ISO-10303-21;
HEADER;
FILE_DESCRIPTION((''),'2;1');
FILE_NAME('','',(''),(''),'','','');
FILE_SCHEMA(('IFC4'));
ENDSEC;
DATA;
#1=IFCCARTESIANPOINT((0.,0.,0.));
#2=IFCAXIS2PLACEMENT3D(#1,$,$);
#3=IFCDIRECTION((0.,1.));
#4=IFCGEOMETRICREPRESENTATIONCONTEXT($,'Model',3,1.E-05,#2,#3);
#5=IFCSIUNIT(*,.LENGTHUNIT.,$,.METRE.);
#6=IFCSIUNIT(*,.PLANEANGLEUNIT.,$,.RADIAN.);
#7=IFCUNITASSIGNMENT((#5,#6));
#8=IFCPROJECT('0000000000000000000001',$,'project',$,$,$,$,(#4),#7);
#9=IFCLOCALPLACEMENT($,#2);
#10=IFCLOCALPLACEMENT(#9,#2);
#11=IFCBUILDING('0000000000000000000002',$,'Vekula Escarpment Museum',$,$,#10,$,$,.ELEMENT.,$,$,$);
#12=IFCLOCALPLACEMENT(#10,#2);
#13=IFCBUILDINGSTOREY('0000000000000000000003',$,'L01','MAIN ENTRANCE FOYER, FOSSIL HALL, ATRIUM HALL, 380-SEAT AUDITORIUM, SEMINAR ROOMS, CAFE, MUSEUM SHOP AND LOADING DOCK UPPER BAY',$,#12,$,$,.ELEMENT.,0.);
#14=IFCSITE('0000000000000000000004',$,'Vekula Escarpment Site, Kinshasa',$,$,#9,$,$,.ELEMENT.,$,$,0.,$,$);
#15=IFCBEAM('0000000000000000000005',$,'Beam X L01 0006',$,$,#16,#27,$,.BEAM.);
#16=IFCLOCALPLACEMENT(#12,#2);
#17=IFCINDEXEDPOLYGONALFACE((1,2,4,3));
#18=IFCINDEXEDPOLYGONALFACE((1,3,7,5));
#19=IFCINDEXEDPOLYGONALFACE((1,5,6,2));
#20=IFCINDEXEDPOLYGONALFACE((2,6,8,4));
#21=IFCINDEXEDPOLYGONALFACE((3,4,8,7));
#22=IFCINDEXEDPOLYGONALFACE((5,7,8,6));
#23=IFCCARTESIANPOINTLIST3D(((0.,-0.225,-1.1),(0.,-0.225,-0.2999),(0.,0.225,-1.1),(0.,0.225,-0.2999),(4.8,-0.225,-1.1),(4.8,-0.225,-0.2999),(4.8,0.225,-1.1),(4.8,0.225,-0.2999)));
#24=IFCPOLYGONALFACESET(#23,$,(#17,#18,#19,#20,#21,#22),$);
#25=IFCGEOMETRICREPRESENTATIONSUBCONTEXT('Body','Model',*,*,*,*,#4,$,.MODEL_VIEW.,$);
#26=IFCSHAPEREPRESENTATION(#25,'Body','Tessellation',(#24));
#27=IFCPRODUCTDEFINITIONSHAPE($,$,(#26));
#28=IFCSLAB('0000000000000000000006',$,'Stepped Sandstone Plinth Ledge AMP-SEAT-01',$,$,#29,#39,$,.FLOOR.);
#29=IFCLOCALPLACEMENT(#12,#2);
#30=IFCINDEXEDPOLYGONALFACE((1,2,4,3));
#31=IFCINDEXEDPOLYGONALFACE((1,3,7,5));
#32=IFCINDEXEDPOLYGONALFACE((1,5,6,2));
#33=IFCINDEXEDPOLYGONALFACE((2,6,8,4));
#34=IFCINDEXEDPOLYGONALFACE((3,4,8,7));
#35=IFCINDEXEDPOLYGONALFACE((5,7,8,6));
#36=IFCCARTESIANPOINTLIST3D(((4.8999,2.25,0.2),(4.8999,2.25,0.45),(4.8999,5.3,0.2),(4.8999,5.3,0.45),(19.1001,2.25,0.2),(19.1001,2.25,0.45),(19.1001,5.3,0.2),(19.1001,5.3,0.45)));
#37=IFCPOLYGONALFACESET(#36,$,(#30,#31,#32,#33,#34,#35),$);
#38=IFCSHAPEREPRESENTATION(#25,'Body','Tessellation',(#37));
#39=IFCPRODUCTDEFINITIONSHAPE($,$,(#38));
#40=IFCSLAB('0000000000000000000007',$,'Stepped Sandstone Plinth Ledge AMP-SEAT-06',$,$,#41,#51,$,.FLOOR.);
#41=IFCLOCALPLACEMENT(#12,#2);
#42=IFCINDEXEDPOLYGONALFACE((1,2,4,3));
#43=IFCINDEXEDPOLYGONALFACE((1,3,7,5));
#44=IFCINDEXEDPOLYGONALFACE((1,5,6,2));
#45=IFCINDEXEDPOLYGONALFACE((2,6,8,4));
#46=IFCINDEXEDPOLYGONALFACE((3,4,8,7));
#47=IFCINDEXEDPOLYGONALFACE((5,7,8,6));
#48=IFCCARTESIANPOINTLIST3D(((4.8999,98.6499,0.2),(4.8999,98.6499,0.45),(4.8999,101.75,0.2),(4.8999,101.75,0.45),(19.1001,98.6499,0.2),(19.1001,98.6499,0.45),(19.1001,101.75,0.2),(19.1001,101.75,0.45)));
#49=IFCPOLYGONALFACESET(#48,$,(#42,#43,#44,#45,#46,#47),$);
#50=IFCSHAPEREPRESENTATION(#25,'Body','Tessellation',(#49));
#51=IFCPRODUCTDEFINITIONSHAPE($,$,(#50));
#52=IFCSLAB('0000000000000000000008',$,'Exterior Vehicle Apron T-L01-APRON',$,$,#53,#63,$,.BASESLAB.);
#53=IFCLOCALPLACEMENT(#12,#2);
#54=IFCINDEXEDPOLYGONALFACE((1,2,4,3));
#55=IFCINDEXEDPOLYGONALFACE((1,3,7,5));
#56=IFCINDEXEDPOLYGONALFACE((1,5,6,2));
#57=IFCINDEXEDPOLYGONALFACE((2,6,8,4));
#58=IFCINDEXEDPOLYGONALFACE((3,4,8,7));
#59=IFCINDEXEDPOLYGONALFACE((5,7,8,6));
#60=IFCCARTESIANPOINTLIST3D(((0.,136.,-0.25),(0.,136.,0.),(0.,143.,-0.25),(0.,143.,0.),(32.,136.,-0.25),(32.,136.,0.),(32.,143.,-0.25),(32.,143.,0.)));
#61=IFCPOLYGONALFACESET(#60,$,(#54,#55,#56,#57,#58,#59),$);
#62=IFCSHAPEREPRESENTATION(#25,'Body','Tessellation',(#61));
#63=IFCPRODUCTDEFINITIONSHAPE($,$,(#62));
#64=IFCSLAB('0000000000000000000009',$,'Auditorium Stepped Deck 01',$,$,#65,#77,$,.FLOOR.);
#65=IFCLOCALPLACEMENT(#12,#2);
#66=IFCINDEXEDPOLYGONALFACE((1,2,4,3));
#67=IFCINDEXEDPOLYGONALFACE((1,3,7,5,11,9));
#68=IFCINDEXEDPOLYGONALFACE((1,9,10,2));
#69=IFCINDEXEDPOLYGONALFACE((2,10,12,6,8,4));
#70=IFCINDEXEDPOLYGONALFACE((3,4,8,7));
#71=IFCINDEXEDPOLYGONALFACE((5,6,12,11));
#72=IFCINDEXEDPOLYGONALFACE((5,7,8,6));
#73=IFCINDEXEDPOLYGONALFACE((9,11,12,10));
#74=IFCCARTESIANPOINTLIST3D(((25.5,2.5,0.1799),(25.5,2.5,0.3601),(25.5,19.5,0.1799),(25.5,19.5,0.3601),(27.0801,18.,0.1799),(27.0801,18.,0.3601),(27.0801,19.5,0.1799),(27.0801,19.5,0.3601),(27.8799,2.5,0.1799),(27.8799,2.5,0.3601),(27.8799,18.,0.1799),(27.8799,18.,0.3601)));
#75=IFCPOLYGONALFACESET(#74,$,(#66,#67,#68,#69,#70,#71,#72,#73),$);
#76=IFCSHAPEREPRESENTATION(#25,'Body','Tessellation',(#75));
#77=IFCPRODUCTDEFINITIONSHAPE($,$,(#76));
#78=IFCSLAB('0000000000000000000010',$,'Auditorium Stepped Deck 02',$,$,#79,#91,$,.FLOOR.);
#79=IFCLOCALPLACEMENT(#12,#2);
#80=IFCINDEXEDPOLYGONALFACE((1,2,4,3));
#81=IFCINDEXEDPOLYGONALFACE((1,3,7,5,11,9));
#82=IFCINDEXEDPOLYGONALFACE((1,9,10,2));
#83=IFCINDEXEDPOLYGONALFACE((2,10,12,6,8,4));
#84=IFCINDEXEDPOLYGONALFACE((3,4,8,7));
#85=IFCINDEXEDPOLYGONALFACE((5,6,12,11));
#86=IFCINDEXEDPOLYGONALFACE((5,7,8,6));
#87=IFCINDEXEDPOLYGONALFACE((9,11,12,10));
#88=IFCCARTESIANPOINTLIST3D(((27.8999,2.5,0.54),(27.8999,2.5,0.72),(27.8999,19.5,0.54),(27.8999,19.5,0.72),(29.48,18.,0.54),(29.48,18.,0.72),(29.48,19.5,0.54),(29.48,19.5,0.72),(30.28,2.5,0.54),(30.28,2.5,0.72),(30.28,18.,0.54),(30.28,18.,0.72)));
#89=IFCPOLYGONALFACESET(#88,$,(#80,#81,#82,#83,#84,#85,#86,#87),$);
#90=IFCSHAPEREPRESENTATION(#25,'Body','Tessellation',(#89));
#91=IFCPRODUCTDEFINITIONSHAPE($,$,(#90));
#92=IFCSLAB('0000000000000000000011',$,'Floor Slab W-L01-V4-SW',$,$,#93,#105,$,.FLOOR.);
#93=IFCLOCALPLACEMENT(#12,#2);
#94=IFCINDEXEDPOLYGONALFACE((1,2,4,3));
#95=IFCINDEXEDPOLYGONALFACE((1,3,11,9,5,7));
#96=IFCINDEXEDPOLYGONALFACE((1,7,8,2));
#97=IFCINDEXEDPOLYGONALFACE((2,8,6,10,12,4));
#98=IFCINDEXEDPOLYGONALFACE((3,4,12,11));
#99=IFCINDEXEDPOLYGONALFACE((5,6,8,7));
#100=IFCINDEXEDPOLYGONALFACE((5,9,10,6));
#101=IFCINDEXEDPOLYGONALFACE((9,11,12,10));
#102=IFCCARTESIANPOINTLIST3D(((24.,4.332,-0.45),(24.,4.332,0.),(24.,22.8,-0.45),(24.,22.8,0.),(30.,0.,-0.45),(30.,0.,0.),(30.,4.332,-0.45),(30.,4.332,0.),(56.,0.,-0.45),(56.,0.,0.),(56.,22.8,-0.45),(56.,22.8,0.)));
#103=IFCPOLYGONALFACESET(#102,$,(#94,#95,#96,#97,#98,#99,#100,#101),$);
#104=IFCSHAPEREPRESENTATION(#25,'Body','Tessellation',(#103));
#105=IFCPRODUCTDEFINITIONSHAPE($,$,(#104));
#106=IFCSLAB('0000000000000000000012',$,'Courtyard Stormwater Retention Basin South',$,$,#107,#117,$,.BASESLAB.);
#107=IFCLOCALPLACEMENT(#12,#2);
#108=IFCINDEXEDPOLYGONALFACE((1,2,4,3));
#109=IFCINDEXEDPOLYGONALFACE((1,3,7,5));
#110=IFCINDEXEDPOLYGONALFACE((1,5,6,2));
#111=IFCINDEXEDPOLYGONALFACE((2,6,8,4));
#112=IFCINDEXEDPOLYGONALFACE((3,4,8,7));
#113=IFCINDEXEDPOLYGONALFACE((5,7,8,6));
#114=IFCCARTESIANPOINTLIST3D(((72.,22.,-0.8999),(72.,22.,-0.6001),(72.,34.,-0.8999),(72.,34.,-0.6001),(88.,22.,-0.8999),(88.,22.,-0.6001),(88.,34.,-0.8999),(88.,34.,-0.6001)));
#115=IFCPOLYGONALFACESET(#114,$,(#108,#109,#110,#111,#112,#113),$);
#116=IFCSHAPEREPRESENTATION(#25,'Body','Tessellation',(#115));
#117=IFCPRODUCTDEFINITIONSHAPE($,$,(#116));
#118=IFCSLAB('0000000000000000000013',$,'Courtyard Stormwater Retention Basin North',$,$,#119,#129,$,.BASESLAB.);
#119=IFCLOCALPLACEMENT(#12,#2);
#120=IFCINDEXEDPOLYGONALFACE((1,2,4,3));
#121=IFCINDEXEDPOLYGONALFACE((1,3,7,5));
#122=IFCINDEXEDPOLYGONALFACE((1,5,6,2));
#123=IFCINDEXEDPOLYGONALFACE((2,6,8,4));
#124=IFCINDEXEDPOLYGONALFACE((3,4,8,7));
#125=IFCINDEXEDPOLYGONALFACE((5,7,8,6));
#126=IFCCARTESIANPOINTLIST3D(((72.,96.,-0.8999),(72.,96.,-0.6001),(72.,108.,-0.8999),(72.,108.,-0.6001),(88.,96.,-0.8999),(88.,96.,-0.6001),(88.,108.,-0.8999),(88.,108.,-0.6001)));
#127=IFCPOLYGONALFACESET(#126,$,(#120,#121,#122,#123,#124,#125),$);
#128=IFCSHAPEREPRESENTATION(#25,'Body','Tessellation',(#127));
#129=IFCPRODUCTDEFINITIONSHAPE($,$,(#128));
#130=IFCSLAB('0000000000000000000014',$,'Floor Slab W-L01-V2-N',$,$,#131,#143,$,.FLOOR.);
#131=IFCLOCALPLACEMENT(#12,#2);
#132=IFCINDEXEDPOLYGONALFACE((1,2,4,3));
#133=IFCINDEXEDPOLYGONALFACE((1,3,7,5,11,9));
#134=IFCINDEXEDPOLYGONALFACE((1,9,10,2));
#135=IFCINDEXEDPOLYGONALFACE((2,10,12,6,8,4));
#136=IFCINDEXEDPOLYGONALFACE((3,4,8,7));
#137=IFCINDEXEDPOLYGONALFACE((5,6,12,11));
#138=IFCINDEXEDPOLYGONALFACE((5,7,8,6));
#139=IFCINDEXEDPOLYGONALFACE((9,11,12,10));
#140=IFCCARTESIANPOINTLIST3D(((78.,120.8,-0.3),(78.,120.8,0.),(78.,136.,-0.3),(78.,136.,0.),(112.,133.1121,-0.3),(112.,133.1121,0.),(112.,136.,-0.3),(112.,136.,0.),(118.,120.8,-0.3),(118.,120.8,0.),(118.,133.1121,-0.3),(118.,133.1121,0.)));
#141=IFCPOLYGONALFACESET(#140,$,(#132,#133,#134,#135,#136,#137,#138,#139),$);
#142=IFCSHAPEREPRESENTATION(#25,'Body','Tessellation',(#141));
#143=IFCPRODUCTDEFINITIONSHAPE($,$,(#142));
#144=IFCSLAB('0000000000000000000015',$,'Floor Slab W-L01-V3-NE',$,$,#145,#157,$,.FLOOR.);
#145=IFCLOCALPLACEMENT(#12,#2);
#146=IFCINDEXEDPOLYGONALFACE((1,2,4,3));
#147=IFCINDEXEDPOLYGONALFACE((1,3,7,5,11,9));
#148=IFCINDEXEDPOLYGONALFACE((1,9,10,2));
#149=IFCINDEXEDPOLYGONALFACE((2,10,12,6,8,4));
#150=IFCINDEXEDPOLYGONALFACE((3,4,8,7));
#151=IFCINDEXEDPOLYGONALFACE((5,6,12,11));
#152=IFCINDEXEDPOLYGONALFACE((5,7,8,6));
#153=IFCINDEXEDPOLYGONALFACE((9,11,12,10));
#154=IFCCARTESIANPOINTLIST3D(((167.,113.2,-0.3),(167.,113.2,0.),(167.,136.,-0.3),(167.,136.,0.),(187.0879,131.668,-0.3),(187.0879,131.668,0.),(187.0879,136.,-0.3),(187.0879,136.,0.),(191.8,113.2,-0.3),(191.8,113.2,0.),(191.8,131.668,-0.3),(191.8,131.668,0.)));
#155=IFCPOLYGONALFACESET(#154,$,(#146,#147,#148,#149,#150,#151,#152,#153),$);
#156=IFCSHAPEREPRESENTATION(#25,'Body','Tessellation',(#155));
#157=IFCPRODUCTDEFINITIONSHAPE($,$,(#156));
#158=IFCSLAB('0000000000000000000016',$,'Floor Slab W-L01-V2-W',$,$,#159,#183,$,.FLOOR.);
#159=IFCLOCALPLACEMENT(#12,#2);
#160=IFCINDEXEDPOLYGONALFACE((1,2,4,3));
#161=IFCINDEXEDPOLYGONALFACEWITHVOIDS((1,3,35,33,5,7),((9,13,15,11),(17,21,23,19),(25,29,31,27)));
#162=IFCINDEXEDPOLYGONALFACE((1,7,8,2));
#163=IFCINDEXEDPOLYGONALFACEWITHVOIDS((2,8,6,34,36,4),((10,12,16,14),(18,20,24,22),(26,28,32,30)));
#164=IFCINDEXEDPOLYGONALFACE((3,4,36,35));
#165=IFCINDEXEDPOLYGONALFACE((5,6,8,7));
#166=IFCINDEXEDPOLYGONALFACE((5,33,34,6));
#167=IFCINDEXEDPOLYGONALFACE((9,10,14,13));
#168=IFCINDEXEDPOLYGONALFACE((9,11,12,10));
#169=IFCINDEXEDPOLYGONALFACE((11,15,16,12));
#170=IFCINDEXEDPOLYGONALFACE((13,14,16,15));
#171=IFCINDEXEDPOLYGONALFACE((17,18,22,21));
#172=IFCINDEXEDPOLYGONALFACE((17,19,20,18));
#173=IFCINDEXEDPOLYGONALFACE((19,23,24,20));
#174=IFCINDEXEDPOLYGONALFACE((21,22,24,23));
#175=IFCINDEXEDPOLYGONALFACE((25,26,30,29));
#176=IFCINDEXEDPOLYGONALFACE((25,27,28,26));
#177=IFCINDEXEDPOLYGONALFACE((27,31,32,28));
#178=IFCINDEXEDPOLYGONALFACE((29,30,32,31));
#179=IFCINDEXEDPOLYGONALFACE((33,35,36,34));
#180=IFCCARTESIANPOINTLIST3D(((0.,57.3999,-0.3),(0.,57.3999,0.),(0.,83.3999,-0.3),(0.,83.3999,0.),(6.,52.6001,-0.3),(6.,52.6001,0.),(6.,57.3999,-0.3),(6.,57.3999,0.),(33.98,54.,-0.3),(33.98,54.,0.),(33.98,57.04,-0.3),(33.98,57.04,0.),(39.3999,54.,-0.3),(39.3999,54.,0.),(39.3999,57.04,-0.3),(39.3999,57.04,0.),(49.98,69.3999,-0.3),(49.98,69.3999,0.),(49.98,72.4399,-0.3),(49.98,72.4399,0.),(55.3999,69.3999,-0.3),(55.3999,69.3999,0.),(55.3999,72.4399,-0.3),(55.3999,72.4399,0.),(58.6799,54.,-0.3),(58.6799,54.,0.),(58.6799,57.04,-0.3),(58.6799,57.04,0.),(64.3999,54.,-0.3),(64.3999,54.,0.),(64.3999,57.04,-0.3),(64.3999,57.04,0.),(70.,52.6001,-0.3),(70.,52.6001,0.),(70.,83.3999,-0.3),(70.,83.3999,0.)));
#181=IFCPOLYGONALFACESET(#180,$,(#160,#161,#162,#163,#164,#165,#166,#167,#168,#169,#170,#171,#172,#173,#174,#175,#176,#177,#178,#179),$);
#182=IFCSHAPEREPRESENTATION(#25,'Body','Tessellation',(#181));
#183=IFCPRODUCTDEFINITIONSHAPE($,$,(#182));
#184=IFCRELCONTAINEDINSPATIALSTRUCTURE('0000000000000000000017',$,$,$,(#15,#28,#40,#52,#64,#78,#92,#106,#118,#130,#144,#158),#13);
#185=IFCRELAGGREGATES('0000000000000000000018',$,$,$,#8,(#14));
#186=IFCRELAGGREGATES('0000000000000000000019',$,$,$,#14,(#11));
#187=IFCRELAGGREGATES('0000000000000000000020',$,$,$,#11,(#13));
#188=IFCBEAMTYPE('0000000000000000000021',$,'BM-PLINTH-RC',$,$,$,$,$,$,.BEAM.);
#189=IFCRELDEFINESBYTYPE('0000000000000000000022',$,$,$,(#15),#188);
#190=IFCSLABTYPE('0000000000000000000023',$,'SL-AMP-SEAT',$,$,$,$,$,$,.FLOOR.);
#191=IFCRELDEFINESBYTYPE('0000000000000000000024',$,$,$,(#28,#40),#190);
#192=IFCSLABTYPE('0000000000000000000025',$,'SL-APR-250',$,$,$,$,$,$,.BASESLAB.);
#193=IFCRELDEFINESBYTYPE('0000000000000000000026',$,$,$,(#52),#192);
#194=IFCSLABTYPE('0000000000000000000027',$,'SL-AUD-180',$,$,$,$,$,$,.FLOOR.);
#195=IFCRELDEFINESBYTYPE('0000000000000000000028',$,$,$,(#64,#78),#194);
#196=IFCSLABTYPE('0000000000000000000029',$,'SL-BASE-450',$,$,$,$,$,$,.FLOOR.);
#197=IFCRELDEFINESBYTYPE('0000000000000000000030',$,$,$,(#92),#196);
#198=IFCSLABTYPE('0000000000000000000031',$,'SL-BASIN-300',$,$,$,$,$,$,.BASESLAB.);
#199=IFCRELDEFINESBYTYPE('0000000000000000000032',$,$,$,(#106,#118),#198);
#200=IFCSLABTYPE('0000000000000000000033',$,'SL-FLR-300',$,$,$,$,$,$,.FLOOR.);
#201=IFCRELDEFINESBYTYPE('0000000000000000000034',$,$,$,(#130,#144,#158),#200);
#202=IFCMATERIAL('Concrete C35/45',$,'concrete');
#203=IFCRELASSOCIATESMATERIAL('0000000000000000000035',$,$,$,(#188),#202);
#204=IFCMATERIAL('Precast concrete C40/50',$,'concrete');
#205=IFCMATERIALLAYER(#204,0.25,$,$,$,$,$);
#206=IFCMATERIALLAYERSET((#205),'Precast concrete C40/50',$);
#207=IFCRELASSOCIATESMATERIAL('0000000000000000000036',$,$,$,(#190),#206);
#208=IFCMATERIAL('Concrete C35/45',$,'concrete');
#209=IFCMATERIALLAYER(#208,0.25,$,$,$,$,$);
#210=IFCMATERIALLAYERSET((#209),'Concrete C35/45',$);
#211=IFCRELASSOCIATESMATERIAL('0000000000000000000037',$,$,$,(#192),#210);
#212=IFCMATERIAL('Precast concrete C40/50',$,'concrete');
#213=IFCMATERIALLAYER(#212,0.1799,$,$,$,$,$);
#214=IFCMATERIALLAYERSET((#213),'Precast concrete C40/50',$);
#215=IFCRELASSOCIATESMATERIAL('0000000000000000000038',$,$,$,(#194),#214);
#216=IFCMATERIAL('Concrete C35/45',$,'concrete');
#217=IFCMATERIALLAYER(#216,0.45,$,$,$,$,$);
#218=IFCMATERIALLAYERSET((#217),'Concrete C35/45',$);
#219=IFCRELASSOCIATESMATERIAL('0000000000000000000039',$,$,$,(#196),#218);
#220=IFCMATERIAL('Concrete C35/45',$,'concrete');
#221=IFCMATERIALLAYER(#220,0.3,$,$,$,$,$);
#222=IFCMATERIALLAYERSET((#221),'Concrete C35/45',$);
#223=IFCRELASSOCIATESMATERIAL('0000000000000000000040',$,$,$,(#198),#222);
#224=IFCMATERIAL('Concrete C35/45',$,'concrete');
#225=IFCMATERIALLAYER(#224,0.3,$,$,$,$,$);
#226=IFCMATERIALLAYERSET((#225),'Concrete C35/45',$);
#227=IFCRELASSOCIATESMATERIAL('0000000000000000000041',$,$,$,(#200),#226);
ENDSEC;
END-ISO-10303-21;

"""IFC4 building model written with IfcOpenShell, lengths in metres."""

from ifc_helpers import new_model, si_unit, direction, frame, origin, origin_2d, place, context, subcontext, project, spatial, polyline, rectangle, outline, extrude, material, layer, layer_set, material_profile, profile_set, type_object, element, save


model = new_model("IFC4")

# Units and contexts
model_context = context("Model", 3, precision=1e-05, world=origin(), true_north=direction((0.0, 1.0)))
body_context = subcontext(model_context, "Body", "Model", "MODEL_VIEW")
ifc_project = project(units=[si_unit("LENGTHUNIT", "METRE"), si_unit("PLANEANGLEUNIT", "RADIAN")], contexts=[model_context])

# Site, building, storey
site_placement = place(None, origin())
site = spatial("IfcSite", under=ifc_project, at=site_placement, Name="Vekula Escarpment Site, Kinshasa", CompositionType="ELEMENT", RefElevation=0.0)
building_placement = place(site_placement, origin())
building = spatial("IfcBuilding", under=site, at=building_placement, Name="Vekula Escarpment Museum", CompositionType="ELEMENT")
storey_placement = place(building_placement, origin())
storey = spatial("IfcBuildingStorey", under=building, at=storey_placement, Name="L01", Description="MAIN ENTRANCE FOYER, FOSSIL HALL, ATRIUM HALL, 380-SEAT AUDITORIUM, SEMINAR ROOMS, CAFE, MUSEUM SHOP AND LOADING DOCK UPPER BAY", CompositionType="ELEMENT", Elevation=0.0)

# Beam
ifc_material_1 = material(Name="Concrete C35/45", Category="concrete")
ifc_material_profile = material_profile(ifc_material_1, rectangle(XDim=0.45, YDim=0.8, at=origin_2d()), Name="RC 450x800")
ifc_profile_set = profile_set([ifc_material_profile], Name="Concrete C35/45")
beam_type = type_object("IfcBeamType", Name="BM-PLINTH-RC", PredefinedType="BEAM", material=ifc_profile_set)
beam_placement = place(storey_placement, frame((0.0, 0.0, -0.7), z_axis=(1.0, 0.0, 0.0), x_axis=(0.0, 1.0, 0.0)))
element("IfcBeam", 1, at=beam_placement, inside=storey, type_object=beam_type, Name="Beam X L01 0006", PredefinedType="BEAM", context=body_context, shape_type="SweptSolid", body=[
    extrude(rectangle(XDim=0.45, YDim=0.8, at=origin_2d()), origin(), (0.0, 0.0, 1.0), 4.8),
])

# Slabs
ifc_material_2 = material(Name="Precast concrete C40/50", Category="concrete")
ifc_layer_1 = layer(ifc_material_2, 0.25)
ifc_layer_set_1 = layer_set([ifc_layer_1], Name="Precast concrete C40/50")
slab_type_1 = type_object("IfcSlabType", Name="SL-AMP-SEAT", PredefinedType="FLOOR", material=ifc_layer_set_1)
slab_1_placement = place(storey_placement, frame((0.0, 0.0, 0.2)))
element("IfcSlab", 2, at=slab_1_placement, inside=storey, type_object=slab_type_1, Name="Stepped Sandstone Plinth Ledge AMP-SEAT-01", PredefinedType="FLOOR", context=body_context, shape_type="SweptSolid", body=[
    extrude(outline(polyline([(4.8999, 2.25), (19.1001, 2.25), (19.1001, 5.3), (4.8999, 5.3), (4.8999, 2.25)])), origin(), (0.0, 0.0, 1.0), 0.25),
])
slab_2_placement = place(storey_placement, frame((0.0, 0.0, 0.2)))
element("IfcSlab", 3, at=slab_2_placement, inside=storey, type_object=slab_type_1, Name="Stepped Sandstone Plinth Ledge AMP-SEAT-06", PredefinedType="FLOOR", context=body_context, shape_type="SweptSolid", body=[
    extrude(outline(polyline([(4.8999, 98.6499), (19.1001, 98.6499), (19.1001, 101.75), (4.8999, 101.75), (4.8999, 98.6499)])), origin(), (0.0, 0.0, 1.0), 0.25),
])
ifc_material_3 = material(Name="Concrete C35/45", Category="concrete")
ifc_layer_2 = layer(ifc_material_3, 0.25)
ifc_layer_set_2 = layer_set([ifc_layer_2], Name="Concrete C35/45")
slab_type_2 = type_object("IfcSlabType", Name="SL-APR-250", PredefinedType="BASESLAB", material=ifc_layer_set_2)
slab_3_placement = place(storey_placement, frame((0.0, 0.0, -0.25)))
element("IfcSlab", 4, at=slab_3_placement, inside=storey, type_object=slab_type_2, Name="Exterior Vehicle Apron T-L01-APRON", PredefinedType="BASESLAB", context=body_context, shape_type="SweptSolid", body=[
    extrude(outline(polyline([(0.0, 136.0), (32.0, 136.0), (32.0, 143.0), (0.0, 143.0), (0.0, 136.0)])), origin(), (0.0, 0.0, 1.0), 0.25),
])
ifc_material_4 = material(Name="Precast concrete C40/50", Category="concrete")
ifc_layer_3 = layer(ifc_material_4, 0.1799)
ifc_layer_set_3 = layer_set([ifc_layer_3], Name="Precast concrete C40/50")
slab_type_3 = type_object("IfcSlabType", Name="SL-AUD-180", PredefinedType="FLOOR", material=ifc_layer_set_3)
slab_4_placement = place(storey_placement, frame((0.0, 0.0, 0.1799)))
element("IfcSlab", 5, at=slab_4_placement, inside=storey, type_object=slab_type_3, Name="Auditorium Stepped Deck 01", PredefinedType="FLOOR", context=body_context, shape_type="SweptSolid", body=[
    extrude(outline(polyline([(25.5, 2.5), (27.8799, 2.5), (27.8799, 18.0), (27.0801, 18.0), (27.0801, 19.5), (25.5, 19.5), (25.5, 2.5)])), origin(), (0.0, 0.0, 1.0), 0.1802),
])
slab_5_placement = place(storey_placement, frame((0.0, 0.0, 0.54)))
element("IfcSlab", 6, at=slab_5_placement, inside=storey, type_object=slab_type_3, Name="Auditorium Stepped Deck 02", PredefinedType="FLOOR", context=body_context, shape_type="SweptSolid", body=[
    extrude(outline(polyline([(27.8999, 2.5), (30.28, 2.5), (30.28, 18.0), (29.48, 18.0), (29.48, 19.5), (27.8999, 19.5), (27.8999, 2.5)])), origin(), (0.0, 0.0, 1.0), 0.1799),
])
ifc_material_5 = material(Name="Concrete C35/45", Category="concrete")
ifc_layer_4 = layer(ifc_material_5, 0.45)
ifc_layer_set_4 = layer_set([ifc_layer_4], Name="Concrete C35/45")
slab_type_4 = type_object("IfcSlabType", Name="SL-BASE-450", PredefinedType="FLOOR", material=ifc_layer_set_4)
slab_6_placement = place(storey_placement, frame((0.0, 0.0, -0.45)))
element("IfcSlab", 7, at=slab_6_placement, inside=storey, type_object=slab_type_4, Name="Floor Slab W-L01-V4-SW", PredefinedType="FLOOR", context=body_context, shape_type="SweptSolid", body=[
    extrude(outline(polyline([(30.0, 0.0), (56.0, 0.0), (56.0, 22.8), (24.0, 22.8), (24.0, 4.332), (30.0, 4.332), (30.0, 0.0)])), origin(), (0.0, 0.0, 1.0), 0.45),
])
ifc_material_6 = material(Name="Concrete C35/45", Category="concrete")
ifc_layer_5 = layer(ifc_material_6, 0.3)
ifc_layer_set_5 = layer_set([ifc_layer_5], Name="Concrete C35/45")
slab_type_5 = type_object("IfcSlabType", Name="SL-BASIN-300", PredefinedType="BASESLAB", material=ifc_layer_set_5)
slab_7_placement = place(storey_placement, frame((0.0, 0.0, -0.8999)))
element("IfcSlab", 8, at=slab_7_placement, inside=storey, type_object=slab_type_5, Name="Courtyard Stormwater Retention Basin South", PredefinedType="BASESLAB", context=body_context, shape_type="SweptSolid", body=[
    extrude(outline(polyline([(72.0, 22.0), (88.0, 22.0), (88.0, 34.0), (72.0, 34.0), (72.0, 22.0)])), origin(), (0.0, 0.0, 1.0), 0.2998),
])
slab_8_placement = place(storey_placement, frame((0.0, 0.0, -0.8999)))
element("IfcSlab", 9, at=slab_8_placement, inside=storey, type_object=slab_type_5, Name="Courtyard Stormwater Retention Basin North", PredefinedType="BASESLAB", context=body_context, shape_type="SweptSolid", body=[
    extrude(outline(polyline([(72.0, 96.0), (88.0, 96.0), (88.0, 108.0), (72.0, 108.0), (72.0, 96.0)])), origin(), (0.0, 0.0, 1.0), 0.2998),
])
ifc_material_7 = material(Name="Concrete C35/45", Category="concrete")
ifc_layer_6 = layer(ifc_material_7, 0.3)
ifc_layer_set_6 = layer_set([ifc_layer_6], Name="Concrete C35/45")
slab_type_6 = type_object("IfcSlabType", Name="SL-FLR-300", PredefinedType="FLOOR", material=ifc_layer_set_6)
slab_9_placement = place(storey_placement, frame((0.0, 0.0, -0.3)))
element("IfcSlab", 10, at=slab_9_placement, inside=storey, type_object=slab_type_6, Name="Floor Slab W-L01-V2-N", PredefinedType="FLOOR", context=body_context, shape_type="SweptSolid", body=[
    extrude(outline(polyline([(78.0, 120.8), (118.0, 120.8), (118.0, 133.1121), (112.0, 133.1121), (112.0, 136.0), (78.0, 136.0), (78.0, 120.8)])), origin(), (0.0, 0.0, 1.0), 0.3),
])
slab_10_placement = place(storey_placement, frame((0.0, 0.0, -0.3)))
element("IfcSlab", 11, at=slab_10_placement, inside=storey, type_object=slab_type_6, Name="Floor Slab W-L01-V3-NE", PredefinedType="FLOOR", context=body_context, shape_type="SweptSolid", body=[
    extrude(outline(polyline([(167.0, 113.2), (191.8, 113.2), (191.8, 131.668), (187.0879, 131.668), (187.0879, 136.0), (167.0, 136.0), (167.0, 113.2)])), origin(), (0.0, 0.0, 1.0), 0.3),
])
slab_11_placement = place(storey_placement, frame((0.0, 0.0, -0.3)))
element("IfcSlab", 12, at=slab_11_placement, inside=storey, type_object=slab_type_6, Name="Floor Slab W-L01-V2-W", PredefinedType="FLOOR", context=body_context, shape_type="SweptSolid", body=[
    extrude(outline(polyline([(6.0, 52.6001), (70.0, 52.6001), (70.0, 83.3999), (0.0, 83.3999), (0.0, 57.3999), (6.0, 57.3999), (6.0, 52.6001)]), holes=[polyline([(58.6799, 54.0), (64.3999, 54.0), (64.3999, 57.04), (58.6799, 57.04), (58.6799, 54.0)]), polyline([(33.98, 54.0), (39.3999, 54.0), (39.3999, 57.04), (33.98, 57.04), (33.98, 54.0)]), polyline([(49.98, 69.3999), (55.3999, 69.3999), (55.3999, 72.4399), (49.98, 72.4399), (49.98, 69.3999)])]), origin(), (0.0, 0.0, 1.0), 0.3),
])

save(model, "model.ifc")
